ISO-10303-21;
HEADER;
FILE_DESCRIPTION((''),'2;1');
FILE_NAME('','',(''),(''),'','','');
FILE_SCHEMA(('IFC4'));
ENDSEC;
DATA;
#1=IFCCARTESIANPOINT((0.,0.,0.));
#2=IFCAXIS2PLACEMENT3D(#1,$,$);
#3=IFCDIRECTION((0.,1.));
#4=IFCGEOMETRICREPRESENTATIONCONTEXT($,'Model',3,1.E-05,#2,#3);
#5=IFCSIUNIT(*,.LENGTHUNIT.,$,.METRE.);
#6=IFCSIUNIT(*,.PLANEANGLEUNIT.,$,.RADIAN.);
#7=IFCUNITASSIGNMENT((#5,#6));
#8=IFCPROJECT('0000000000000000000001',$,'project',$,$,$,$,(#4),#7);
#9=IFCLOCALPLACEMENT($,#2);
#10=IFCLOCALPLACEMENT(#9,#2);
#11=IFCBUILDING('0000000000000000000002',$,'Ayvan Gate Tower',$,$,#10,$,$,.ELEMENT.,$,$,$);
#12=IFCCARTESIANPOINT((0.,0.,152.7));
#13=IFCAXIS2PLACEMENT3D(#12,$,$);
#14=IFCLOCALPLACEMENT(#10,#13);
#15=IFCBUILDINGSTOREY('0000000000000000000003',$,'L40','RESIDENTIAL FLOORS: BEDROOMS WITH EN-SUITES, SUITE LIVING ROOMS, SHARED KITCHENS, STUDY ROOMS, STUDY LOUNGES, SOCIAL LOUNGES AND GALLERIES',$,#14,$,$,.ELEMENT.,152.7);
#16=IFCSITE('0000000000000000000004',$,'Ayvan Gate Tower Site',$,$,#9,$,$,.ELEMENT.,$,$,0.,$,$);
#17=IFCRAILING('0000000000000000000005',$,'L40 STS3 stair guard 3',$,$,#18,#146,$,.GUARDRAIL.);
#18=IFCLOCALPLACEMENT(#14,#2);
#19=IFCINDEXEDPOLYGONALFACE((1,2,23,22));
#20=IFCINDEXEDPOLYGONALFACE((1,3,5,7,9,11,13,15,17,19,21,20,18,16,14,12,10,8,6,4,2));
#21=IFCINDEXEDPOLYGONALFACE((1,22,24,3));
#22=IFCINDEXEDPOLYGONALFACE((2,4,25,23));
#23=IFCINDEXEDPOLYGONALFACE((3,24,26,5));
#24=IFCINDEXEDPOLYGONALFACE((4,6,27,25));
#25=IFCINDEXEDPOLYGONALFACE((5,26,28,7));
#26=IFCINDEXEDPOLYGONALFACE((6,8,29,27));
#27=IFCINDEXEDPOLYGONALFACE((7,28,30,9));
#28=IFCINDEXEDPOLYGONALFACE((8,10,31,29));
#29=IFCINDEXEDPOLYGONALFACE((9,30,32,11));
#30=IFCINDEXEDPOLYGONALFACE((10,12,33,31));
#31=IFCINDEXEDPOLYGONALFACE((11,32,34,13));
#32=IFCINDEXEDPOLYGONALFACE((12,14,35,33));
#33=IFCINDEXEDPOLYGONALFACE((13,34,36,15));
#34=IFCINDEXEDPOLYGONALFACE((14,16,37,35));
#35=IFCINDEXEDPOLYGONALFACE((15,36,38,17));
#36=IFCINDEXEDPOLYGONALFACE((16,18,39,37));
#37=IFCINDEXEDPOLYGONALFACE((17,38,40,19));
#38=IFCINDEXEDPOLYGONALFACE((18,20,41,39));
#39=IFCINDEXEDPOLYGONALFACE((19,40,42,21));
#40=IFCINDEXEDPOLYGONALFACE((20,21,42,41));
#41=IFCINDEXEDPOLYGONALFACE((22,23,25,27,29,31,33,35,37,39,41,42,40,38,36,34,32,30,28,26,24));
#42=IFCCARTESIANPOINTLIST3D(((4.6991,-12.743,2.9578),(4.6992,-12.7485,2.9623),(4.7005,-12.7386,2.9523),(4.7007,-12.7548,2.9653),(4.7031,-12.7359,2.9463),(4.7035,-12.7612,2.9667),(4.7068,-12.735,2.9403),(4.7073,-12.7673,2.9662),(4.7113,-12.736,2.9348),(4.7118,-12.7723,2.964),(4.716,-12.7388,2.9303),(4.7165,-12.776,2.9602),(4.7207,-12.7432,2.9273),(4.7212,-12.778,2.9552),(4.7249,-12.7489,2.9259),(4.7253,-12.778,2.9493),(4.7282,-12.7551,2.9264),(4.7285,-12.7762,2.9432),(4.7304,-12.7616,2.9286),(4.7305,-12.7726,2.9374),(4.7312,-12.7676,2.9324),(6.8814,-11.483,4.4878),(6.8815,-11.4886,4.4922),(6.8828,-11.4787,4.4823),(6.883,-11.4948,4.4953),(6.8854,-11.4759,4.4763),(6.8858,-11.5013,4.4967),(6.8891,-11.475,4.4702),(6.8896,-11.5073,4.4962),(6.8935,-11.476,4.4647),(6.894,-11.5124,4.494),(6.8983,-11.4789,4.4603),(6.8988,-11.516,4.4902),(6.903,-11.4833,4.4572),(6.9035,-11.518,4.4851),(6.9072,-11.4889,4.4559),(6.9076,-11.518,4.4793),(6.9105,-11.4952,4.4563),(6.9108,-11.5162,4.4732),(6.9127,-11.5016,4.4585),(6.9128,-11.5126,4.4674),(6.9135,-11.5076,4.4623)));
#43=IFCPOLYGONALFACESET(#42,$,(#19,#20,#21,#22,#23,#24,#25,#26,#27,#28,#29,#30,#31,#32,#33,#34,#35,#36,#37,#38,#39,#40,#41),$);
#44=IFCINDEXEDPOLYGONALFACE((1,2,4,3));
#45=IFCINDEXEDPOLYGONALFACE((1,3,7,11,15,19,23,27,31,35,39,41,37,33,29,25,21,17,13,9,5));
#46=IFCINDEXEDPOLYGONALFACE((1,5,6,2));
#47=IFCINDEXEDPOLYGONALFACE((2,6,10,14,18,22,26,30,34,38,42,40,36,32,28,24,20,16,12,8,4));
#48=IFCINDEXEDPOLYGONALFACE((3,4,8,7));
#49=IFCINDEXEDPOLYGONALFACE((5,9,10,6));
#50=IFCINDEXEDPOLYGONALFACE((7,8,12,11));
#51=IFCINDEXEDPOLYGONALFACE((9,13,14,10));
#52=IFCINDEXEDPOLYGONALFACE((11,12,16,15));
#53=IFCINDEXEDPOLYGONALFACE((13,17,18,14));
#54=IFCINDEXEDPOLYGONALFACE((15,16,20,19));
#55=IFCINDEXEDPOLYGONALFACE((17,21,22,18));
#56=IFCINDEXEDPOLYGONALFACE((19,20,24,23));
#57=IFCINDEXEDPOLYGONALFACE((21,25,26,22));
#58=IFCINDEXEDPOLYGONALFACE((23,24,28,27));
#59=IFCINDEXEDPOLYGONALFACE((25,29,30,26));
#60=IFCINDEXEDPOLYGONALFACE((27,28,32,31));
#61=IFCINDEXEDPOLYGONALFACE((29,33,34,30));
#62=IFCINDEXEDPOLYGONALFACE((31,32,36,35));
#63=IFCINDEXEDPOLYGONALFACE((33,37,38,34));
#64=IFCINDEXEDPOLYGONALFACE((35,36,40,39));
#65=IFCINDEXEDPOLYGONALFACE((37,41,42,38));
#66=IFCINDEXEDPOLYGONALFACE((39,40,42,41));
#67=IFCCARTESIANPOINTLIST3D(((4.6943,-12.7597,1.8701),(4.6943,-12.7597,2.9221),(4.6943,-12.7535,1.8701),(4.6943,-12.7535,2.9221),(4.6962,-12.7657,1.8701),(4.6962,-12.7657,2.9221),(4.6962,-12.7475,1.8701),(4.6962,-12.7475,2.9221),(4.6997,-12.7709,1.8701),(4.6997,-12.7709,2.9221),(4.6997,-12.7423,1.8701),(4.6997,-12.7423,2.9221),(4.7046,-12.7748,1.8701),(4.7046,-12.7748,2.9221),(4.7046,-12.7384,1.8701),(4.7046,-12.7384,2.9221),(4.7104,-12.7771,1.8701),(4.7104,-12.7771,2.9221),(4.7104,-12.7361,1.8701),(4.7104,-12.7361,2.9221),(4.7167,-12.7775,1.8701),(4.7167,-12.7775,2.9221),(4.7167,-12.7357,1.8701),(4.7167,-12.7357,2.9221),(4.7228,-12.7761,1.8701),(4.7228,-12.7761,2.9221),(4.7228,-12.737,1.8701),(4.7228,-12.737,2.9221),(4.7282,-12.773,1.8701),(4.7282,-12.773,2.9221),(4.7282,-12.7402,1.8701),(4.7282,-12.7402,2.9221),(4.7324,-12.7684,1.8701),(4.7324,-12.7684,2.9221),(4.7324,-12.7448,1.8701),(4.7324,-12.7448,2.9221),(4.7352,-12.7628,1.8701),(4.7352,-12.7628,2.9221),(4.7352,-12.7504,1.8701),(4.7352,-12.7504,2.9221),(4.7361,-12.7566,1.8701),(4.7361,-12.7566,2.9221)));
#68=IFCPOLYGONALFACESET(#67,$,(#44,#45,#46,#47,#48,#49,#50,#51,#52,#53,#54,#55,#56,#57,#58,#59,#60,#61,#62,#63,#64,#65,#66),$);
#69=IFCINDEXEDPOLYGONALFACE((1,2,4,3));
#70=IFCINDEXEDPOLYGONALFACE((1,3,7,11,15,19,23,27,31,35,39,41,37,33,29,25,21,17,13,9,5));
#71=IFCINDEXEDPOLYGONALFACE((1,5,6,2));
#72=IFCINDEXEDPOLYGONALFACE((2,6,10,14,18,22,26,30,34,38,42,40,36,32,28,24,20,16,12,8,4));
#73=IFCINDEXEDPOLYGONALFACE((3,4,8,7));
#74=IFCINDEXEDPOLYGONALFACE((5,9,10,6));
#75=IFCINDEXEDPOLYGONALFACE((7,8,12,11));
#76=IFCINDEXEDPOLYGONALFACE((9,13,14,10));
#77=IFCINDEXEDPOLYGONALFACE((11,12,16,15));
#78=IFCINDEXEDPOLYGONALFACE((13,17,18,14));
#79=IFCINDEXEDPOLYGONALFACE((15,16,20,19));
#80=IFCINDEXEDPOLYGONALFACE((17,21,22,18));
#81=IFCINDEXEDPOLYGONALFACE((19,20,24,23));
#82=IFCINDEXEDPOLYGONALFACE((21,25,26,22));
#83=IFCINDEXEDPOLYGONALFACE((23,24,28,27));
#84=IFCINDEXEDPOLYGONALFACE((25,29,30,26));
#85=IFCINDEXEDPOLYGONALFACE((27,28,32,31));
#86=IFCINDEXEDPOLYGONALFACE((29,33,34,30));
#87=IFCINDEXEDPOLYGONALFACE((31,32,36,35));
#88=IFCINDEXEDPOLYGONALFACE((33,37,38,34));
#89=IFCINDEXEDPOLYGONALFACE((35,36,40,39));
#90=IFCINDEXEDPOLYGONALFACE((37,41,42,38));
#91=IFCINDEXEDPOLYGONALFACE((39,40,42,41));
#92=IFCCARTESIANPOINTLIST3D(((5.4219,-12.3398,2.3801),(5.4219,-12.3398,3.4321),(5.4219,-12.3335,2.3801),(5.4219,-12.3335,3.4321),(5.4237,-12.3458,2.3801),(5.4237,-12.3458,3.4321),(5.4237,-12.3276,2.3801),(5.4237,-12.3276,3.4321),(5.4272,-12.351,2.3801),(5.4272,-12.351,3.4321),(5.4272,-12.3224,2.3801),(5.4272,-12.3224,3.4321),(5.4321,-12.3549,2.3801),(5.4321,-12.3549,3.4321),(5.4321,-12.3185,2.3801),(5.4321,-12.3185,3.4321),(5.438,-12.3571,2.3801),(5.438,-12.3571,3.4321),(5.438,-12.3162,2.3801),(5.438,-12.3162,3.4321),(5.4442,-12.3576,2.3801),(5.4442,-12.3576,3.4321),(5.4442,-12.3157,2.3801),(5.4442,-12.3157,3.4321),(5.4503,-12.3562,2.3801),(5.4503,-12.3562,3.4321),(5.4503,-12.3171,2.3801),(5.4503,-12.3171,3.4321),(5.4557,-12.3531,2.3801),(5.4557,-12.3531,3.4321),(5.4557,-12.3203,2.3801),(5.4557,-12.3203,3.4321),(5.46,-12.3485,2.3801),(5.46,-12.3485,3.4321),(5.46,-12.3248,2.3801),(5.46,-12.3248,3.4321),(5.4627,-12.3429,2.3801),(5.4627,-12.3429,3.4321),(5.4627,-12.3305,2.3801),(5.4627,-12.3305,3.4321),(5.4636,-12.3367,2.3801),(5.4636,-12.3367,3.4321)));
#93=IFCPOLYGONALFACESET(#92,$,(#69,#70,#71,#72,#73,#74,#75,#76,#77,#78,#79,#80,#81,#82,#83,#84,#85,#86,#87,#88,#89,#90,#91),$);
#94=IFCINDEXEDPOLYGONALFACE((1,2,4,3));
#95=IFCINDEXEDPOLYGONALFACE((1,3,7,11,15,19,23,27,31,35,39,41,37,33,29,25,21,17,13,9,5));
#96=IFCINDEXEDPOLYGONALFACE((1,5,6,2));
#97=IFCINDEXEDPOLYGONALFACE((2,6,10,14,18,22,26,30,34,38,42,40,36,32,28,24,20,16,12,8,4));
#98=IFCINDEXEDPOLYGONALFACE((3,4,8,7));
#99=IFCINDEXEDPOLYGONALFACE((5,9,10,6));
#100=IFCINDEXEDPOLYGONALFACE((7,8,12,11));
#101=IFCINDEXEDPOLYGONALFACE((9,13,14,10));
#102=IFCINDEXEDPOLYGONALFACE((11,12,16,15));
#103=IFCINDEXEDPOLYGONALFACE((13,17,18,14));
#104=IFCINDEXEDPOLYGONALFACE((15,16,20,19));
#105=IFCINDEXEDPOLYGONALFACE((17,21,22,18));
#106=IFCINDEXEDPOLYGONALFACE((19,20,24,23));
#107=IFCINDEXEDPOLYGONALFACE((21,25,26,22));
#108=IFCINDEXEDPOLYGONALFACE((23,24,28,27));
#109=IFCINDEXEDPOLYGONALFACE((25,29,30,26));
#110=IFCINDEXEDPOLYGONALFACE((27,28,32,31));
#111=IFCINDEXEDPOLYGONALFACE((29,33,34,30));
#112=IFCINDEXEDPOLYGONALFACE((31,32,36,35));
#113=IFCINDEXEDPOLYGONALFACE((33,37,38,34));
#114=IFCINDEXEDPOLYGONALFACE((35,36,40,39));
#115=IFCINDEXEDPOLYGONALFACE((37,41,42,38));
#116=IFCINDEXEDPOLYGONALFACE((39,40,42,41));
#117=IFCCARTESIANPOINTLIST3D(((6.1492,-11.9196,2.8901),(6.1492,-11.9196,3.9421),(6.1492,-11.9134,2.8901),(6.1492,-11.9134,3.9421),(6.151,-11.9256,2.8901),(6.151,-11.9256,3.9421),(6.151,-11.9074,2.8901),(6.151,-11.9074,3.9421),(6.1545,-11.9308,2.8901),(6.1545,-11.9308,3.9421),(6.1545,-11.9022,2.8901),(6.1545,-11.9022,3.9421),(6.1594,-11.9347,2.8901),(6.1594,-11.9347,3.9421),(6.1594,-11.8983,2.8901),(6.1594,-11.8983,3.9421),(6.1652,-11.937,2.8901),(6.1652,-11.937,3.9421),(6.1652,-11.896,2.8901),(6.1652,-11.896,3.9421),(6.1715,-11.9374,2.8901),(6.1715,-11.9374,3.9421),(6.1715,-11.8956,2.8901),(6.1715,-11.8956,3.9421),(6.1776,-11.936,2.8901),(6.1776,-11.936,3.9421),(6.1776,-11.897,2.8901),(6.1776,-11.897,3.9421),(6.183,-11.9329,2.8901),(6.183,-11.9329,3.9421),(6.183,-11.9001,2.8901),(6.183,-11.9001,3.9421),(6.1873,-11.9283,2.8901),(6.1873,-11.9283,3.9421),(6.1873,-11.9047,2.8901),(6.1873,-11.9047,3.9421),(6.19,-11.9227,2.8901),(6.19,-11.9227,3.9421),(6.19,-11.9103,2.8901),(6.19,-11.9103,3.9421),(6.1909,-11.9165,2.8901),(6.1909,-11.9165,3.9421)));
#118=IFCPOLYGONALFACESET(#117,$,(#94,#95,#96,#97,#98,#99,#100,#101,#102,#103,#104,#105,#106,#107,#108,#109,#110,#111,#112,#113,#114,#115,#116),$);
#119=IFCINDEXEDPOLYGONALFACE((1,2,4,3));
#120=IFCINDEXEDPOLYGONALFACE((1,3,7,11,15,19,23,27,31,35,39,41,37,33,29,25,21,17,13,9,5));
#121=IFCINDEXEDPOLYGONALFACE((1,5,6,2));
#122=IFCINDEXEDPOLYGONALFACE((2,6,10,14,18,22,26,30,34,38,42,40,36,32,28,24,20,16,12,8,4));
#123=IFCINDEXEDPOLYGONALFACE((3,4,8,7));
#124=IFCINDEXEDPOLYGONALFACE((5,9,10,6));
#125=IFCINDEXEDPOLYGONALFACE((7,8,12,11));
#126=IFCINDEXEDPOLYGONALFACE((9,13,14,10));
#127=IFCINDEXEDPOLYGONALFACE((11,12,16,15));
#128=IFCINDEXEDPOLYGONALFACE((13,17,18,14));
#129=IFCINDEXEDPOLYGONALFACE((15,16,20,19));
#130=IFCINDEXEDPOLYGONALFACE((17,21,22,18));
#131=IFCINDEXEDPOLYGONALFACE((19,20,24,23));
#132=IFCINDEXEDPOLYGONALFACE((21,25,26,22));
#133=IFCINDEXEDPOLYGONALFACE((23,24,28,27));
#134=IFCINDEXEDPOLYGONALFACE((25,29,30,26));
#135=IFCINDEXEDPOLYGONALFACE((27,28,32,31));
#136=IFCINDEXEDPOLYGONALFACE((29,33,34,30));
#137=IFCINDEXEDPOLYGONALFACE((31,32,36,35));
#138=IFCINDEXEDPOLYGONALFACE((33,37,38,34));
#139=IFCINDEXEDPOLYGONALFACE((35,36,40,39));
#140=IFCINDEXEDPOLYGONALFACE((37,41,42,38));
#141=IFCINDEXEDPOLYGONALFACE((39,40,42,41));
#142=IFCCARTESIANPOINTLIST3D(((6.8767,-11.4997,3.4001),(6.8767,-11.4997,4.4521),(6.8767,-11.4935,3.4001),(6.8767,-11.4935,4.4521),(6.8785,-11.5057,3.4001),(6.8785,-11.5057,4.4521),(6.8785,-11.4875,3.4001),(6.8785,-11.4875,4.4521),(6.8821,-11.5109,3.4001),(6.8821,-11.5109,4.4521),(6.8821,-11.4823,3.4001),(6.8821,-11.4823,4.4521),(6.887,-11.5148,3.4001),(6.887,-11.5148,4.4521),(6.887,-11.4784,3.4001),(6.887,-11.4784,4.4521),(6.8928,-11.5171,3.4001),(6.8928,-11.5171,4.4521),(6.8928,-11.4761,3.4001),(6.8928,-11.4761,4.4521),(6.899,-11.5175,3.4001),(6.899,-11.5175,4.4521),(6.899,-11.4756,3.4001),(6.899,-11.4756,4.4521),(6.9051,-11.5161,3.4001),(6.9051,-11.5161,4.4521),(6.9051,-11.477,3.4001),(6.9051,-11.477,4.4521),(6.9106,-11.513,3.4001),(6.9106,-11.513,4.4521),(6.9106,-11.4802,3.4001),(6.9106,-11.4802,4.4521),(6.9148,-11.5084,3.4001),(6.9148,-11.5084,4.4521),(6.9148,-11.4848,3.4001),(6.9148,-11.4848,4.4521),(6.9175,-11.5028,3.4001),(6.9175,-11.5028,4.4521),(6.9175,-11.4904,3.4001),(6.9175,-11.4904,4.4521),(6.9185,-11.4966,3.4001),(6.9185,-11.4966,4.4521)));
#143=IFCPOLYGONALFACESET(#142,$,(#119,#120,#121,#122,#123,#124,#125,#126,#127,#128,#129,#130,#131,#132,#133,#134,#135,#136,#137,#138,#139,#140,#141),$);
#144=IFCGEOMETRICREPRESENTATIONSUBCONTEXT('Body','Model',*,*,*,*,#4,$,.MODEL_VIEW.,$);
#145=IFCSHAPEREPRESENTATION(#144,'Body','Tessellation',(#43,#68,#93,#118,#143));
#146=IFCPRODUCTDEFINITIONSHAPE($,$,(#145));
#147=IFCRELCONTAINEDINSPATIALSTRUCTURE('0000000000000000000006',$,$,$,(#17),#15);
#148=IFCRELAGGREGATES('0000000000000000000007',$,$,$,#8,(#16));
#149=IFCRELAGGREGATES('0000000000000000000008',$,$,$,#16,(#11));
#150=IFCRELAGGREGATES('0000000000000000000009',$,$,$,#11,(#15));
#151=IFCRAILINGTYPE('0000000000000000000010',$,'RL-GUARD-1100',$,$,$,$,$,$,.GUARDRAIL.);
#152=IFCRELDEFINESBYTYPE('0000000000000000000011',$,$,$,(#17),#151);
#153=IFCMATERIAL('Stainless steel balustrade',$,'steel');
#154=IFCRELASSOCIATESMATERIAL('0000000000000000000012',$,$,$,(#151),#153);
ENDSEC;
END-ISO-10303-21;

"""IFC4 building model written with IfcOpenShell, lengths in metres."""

from ifc_helpers import new_model, si_unit, direction, frame, origin, origin_2d, place, context, subcontext, project, spatial, circle, extrude, material, type_object, element, save


model = new_model("IFC4")

# Units and contexts
model_context = context("Model", 3, precision=1e-05, world=origin(), true_north=direction((0.0, 1.0)))
body_context = subcontext(model_context, "Body", "Model", "MODEL_VIEW")
ifc_project = project(units=[si_unit("LENGTHUNIT", "METRE"), si_unit("PLANEANGLEUNIT", "RADIAN")], contexts=[model_context])

# Site, building, storey
site_placement = place(None, origin())
site = spatial("IfcSite", under=ifc_project, at=site_placement, Name="Ayvan Gate Tower Site", CompositionType="ELEMENT", RefElevation=0.0)
building_placement = place(site_placement, origin())
building = spatial("IfcBuilding", under=site, at=building_placement, Name="Ayvan Gate Tower", CompositionType="ELEMENT")
storey_placement = place(building_placement, frame((0.0, 0.0, 152.7)))
storey = spatial("IfcBuildingStorey", under=building, at=storey_placement, Name="L40", Description="RESIDENTIAL FLOORS: BEDROOMS WITH EN-SUITES, SUITE LIVING ROOMS, SHARED KITCHENS, STUDY ROOMS, STUDY LOUNGES, SOCIAL LOUNGES AND GALLERIES", CompositionType="ELEMENT", Elevation=152.7)

# Railing
ifc_material_1 = material(Name="Stainless steel balustrade", Category="steel")
railing_type_1 = type_object("IfcRailingType", Name="RL-GUARD-1100", PredefinedType="GUARDRAIL", material=ifc_material_1)
railing_1_placement = place(storey_placement, frame((4.7151, -12.7566, 1.8701)))
element("IfcRailing", 1, at=railing_1_placement, inside=storey, type_object=railing_type_1, Name="L40 STS3 stair guard 3", PredefinedType="GUARDRAIL", context=body_context, shape_type="SweptSolid", body=[
    extrude(circle(Radius=0.0239, at=origin_2d()), frame((0.0, 0.0, 1.0762), z_axis=(0.740261, 0.427395, 0.518986), x_axis=(-0.500005, 0.866023, 0.0)), (0.0, 0.0, 1.0), 2.948),
    extrude(circle(Radius=0.021, at=origin_2d()), origin(), (0.0, 0.0, 1.0), 1.052),
    extrude(circle(Radius=0.021, at=origin_2d()), frame((0.7275, 0.4199, 0.51)), (0.0, 0.0, 1.0), 1.052),
    extrude(circle(Radius=0.021, at=origin_2d()), frame((1.4548, 0.8401, 1.02)), (0.0, 0.0, 1.0), 1.052),
    extrude(circle(Radius=0.021, at=origin_2d()), frame((2.1824, 1.26, 1.53)), (0.0, 0.0, 1.0), 1.052),
])

save(model, "model.ifc")
